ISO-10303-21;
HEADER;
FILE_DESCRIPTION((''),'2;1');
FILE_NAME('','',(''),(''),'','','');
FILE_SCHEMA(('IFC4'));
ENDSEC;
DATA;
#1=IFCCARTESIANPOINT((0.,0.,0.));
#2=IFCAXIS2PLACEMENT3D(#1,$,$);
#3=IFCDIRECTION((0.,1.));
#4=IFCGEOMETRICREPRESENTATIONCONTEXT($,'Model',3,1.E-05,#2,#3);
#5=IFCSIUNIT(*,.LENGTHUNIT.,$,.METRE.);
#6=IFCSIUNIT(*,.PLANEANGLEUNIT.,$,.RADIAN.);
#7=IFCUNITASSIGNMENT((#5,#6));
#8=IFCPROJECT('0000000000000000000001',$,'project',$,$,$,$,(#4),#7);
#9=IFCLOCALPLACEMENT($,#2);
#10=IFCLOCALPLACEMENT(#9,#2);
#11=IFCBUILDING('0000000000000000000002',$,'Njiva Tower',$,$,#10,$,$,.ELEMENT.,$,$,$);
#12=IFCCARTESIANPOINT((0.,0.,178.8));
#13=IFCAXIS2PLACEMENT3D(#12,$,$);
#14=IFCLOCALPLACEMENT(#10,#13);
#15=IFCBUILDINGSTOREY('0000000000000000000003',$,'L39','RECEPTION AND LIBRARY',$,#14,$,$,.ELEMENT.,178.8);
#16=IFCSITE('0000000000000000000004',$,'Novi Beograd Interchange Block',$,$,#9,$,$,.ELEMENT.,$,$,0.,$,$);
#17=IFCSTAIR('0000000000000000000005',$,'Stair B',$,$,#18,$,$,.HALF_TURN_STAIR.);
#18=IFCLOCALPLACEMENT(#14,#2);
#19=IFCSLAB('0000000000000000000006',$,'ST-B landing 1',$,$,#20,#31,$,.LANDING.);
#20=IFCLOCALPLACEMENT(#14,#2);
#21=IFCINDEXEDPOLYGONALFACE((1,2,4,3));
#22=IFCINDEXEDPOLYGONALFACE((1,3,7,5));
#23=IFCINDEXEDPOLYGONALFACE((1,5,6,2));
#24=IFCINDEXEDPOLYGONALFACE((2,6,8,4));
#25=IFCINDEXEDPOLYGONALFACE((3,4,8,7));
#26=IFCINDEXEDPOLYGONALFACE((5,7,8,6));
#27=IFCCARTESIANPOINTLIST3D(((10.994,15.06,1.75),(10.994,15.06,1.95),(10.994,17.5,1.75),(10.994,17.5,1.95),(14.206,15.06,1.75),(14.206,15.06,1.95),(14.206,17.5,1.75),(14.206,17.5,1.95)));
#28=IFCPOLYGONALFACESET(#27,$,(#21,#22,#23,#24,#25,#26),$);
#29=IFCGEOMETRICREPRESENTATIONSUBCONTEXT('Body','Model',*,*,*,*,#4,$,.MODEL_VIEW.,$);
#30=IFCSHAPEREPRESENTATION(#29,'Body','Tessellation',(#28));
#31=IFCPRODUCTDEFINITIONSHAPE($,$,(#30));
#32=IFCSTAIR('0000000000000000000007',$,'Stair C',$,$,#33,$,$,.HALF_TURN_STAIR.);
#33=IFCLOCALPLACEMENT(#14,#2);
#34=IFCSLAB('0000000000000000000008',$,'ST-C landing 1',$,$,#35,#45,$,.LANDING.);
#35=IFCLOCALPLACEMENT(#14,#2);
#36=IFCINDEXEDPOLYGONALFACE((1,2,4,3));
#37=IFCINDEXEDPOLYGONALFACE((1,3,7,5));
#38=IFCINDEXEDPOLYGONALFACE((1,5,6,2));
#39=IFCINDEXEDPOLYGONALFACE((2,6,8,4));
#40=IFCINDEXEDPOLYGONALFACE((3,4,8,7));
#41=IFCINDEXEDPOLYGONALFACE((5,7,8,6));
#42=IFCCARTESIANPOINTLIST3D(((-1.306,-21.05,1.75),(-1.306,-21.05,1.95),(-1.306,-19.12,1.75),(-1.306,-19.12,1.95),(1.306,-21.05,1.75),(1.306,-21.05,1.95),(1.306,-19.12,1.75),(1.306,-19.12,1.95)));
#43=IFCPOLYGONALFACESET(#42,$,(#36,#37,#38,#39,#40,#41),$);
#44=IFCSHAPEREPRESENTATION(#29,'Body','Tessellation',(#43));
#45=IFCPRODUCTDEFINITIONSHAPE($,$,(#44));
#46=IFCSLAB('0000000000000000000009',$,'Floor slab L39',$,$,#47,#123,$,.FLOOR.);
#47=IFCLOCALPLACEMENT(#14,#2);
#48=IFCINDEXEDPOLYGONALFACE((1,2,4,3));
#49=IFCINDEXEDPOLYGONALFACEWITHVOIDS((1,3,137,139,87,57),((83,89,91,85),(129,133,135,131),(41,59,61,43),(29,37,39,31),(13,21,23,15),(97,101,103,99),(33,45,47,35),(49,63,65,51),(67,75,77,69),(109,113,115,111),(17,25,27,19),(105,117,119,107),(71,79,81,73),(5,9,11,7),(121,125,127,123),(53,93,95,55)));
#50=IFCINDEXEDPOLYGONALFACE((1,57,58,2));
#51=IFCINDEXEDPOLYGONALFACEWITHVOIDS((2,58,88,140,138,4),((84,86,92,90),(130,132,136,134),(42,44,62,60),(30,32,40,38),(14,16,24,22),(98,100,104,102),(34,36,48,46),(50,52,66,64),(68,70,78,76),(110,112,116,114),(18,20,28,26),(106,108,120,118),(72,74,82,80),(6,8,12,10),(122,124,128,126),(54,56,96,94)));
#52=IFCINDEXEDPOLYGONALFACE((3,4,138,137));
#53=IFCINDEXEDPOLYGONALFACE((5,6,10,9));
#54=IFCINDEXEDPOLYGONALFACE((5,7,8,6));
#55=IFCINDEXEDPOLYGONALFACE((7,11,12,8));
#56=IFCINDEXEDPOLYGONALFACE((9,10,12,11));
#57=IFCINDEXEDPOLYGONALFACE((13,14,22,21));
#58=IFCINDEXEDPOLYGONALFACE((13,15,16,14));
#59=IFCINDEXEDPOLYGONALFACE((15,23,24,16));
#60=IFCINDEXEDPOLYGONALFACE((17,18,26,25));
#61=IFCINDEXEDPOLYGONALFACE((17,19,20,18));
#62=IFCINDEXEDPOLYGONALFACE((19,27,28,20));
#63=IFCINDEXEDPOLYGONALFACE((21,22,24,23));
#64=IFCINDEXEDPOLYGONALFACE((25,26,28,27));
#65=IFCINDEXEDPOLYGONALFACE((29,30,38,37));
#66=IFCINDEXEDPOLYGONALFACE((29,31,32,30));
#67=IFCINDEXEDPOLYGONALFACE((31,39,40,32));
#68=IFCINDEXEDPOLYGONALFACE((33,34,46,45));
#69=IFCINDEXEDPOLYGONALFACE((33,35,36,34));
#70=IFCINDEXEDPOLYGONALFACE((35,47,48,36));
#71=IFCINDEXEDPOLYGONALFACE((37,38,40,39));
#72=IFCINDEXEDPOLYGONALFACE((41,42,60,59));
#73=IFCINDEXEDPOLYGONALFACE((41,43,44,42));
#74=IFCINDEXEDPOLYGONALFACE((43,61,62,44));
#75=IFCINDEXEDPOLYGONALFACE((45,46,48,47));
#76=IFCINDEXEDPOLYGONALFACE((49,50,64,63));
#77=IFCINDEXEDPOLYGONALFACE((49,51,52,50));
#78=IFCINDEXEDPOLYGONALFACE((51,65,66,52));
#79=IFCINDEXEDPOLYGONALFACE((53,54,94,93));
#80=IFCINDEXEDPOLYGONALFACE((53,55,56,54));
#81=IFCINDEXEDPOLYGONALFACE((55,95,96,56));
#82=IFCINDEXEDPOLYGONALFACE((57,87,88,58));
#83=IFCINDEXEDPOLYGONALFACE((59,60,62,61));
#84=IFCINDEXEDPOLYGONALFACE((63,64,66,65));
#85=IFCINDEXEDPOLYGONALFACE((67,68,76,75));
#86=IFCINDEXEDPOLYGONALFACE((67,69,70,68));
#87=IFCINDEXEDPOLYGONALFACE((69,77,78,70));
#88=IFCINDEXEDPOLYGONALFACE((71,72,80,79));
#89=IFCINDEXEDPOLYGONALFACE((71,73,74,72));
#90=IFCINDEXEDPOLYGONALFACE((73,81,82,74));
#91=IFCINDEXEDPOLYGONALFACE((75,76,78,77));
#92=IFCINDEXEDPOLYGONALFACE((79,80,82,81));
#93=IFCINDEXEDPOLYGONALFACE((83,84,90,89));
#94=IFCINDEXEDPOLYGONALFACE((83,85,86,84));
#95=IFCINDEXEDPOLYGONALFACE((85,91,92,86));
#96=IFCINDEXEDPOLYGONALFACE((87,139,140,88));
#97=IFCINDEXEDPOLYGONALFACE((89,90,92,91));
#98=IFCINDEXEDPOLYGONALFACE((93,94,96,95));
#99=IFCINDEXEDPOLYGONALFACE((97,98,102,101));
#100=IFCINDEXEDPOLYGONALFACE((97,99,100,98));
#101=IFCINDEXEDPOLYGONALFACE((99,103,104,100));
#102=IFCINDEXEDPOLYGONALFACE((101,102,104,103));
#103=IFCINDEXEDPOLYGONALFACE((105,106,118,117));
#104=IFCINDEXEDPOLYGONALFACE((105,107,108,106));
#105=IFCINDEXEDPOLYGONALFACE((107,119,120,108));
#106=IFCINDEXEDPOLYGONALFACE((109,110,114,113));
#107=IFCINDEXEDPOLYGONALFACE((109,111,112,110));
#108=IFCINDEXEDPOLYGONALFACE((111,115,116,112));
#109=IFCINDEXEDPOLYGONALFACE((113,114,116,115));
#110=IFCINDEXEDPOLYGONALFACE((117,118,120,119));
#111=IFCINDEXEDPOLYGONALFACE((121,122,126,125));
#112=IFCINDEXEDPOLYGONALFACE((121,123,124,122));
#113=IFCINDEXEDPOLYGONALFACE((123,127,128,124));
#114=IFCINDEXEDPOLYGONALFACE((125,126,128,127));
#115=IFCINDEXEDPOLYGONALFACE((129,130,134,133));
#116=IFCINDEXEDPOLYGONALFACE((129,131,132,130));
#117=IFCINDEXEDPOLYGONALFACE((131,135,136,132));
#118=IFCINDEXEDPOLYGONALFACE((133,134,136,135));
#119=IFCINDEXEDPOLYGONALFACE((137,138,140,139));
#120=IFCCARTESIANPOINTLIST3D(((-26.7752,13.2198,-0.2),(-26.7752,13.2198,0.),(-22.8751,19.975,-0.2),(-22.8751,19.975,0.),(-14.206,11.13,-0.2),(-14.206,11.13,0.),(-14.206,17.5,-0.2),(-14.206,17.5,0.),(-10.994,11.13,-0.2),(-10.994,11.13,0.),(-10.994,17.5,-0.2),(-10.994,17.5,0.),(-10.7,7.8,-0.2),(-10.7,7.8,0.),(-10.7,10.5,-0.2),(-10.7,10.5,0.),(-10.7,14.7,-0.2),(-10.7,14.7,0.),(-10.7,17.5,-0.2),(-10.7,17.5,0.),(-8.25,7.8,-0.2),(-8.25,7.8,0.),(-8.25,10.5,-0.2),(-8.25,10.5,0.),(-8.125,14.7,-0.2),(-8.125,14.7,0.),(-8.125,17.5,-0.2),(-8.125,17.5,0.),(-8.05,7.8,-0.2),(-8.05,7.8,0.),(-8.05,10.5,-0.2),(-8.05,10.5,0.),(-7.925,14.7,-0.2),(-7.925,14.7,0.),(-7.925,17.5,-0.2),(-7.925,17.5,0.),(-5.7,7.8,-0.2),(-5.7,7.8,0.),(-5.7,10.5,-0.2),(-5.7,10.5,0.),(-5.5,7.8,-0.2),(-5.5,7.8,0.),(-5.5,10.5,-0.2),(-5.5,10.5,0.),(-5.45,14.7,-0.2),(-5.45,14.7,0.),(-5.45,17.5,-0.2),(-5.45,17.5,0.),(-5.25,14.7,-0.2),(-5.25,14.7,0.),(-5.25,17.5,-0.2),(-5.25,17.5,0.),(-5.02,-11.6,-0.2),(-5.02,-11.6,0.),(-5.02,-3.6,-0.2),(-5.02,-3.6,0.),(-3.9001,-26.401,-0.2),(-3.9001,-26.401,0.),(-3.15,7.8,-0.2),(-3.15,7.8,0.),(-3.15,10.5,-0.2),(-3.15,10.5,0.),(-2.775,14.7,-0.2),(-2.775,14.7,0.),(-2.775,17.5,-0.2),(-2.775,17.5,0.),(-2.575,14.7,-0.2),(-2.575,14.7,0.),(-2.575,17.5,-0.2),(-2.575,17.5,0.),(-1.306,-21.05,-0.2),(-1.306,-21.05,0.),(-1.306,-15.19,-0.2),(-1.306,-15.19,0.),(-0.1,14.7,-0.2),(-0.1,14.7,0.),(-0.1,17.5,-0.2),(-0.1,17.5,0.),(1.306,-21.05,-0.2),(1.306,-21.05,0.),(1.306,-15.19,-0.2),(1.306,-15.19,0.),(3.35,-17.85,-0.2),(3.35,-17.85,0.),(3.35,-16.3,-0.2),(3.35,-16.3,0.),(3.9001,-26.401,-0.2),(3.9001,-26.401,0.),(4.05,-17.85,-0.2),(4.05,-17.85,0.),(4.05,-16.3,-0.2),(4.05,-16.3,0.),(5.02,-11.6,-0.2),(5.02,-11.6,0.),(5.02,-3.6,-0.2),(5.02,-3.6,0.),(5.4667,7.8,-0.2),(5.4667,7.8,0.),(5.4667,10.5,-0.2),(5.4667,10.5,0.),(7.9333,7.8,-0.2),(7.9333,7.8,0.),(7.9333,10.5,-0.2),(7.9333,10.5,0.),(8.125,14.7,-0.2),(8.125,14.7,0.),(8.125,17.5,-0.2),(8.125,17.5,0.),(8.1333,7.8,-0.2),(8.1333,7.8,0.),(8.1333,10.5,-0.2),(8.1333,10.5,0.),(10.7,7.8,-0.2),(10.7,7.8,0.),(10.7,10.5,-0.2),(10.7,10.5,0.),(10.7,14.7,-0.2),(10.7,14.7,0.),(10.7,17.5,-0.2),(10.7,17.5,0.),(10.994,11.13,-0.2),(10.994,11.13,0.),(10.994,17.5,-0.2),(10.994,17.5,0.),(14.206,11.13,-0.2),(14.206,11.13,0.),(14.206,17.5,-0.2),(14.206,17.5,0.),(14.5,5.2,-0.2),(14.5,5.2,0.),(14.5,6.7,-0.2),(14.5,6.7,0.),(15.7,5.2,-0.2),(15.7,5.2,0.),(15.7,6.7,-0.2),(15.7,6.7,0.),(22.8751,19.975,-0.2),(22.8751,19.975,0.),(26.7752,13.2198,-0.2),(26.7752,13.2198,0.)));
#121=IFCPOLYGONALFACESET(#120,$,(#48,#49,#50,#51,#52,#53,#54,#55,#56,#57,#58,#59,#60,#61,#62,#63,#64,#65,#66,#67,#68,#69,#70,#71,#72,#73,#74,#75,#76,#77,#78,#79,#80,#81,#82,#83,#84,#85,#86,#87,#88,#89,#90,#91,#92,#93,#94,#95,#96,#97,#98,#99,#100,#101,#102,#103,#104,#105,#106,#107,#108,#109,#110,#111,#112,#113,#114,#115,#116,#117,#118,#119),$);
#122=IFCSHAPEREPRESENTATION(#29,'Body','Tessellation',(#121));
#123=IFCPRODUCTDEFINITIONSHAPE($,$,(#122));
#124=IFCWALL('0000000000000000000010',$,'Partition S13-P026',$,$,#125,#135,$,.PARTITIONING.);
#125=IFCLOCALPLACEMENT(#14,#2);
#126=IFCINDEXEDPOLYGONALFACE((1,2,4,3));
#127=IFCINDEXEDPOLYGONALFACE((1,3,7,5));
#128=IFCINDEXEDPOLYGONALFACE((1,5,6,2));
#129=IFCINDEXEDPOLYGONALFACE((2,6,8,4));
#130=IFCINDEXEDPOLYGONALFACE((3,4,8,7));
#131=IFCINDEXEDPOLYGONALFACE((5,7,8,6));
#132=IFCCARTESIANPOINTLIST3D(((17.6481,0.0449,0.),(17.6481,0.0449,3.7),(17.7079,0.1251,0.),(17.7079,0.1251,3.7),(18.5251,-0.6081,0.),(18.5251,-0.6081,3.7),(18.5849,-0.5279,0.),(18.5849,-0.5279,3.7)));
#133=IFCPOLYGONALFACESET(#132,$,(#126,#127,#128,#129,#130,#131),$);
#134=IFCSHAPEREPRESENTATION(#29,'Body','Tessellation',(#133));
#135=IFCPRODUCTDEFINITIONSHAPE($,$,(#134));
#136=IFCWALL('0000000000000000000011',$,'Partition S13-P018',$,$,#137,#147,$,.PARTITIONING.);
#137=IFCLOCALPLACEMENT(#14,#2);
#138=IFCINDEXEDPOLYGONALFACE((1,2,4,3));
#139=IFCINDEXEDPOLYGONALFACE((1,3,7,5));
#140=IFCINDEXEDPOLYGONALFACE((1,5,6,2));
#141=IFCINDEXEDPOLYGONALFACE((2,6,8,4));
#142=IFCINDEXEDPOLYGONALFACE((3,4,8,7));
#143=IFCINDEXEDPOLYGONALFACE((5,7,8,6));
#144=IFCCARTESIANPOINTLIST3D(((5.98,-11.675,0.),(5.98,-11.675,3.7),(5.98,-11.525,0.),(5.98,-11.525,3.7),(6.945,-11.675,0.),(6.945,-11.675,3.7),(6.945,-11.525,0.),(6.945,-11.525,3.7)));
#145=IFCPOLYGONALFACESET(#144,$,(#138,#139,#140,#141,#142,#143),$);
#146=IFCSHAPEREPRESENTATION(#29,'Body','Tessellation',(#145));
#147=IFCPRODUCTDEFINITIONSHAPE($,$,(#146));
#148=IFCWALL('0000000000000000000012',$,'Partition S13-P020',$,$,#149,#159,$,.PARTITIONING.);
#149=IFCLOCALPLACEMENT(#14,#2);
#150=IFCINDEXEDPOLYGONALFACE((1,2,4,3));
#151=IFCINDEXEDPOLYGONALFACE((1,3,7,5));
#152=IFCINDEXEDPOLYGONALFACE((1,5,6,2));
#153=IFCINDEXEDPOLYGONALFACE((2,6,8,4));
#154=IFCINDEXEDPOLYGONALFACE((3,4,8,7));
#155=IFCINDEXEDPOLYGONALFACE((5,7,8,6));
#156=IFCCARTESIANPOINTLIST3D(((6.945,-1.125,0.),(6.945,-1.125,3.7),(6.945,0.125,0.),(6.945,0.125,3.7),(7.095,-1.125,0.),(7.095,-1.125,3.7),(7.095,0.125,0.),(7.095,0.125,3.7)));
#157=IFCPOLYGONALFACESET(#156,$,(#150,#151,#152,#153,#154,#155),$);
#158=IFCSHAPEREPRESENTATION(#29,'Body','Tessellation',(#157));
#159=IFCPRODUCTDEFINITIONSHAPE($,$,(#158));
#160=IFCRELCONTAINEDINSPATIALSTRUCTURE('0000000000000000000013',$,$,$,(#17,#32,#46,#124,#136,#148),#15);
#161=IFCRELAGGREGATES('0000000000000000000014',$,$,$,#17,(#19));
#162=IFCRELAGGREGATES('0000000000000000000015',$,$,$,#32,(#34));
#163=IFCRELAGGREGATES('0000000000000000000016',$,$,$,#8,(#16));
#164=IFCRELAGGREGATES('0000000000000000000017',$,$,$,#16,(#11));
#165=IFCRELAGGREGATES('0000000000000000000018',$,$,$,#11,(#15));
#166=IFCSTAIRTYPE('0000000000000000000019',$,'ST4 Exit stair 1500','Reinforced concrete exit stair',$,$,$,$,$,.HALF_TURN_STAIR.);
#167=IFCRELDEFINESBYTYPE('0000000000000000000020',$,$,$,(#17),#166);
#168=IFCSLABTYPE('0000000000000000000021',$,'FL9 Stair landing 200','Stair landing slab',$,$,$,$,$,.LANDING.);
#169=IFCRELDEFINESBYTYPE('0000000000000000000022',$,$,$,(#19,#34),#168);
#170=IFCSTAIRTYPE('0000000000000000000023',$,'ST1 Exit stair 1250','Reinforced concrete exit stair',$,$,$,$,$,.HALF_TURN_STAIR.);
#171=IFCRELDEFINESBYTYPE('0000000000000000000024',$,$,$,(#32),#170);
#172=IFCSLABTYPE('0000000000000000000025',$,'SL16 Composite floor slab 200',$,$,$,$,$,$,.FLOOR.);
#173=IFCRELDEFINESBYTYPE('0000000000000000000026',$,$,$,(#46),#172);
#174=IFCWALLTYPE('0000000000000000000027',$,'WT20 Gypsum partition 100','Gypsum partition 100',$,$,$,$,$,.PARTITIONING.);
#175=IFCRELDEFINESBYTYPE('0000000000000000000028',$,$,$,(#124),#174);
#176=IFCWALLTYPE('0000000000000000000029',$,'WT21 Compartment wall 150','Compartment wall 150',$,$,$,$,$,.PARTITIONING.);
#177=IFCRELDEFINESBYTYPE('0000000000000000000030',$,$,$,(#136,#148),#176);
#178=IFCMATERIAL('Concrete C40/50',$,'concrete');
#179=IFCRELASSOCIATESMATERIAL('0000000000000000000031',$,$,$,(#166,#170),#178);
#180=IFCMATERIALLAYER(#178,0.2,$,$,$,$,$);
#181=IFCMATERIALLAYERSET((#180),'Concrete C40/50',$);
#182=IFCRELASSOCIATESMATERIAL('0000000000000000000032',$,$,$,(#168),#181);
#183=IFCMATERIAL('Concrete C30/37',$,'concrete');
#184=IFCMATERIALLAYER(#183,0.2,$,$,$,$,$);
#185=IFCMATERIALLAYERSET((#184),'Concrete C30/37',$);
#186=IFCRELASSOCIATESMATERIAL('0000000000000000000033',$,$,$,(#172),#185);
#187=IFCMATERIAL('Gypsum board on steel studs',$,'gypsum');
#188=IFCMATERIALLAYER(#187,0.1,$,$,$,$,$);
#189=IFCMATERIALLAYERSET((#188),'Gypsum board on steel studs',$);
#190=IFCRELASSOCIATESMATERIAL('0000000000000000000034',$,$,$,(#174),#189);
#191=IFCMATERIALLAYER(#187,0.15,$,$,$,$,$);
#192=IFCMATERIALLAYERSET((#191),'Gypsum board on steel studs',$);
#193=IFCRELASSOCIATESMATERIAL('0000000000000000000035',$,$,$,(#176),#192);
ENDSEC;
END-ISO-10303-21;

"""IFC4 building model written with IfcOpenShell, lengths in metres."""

from ifc_helpers import new_model, si_unit, direction, frame, frame_2d, origin, place, context, subcontext, project, spatial, polyline, rectangle, outline, extrude, material, layer, layer_set, type_object, element, aggregate, save


model = new_model("IFC4")

# Units and contexts
model_context = context("Model", 3, precision=1e-05, world=origin(), true_north=direction((0.0, 1.0)))
body_context = subcontext(model_context, "Body", "Model", "MODEL_VIEW")
ifc_project = project(units=[si_unit("LENGTHUNIT", "METRE"), si_unit("PLANEANGLEUNIT", "RADIAN")], contexts=[model_context])

# Site, building, storey
site_placement = place(None, origin())
site = spatial("IfcSite", under=ifc_project, at=site_placement, Name="Novi Beograd Interchange Block", CompositionType="ELEMENT", RefElevation=0.0)
building_placement = place(site_placement, origin())
building = spatial("IfcBuilding", under=site, at=building_placement, Name="Njiva Tower", CompositionType="ELEMENT")
storey_placement = place(building_placement, frame((0.0, 0.0, 178.8)))
storey = spatial("IfcBuildingStorey", under=building, at=storey_placement, Name="L39", Description="RECEPTION AND LIBRARY", CompositionType="ELEMENT", Elevation=178.8)

# Stairs, slabs
ifc_material_1 = material(Name="Concrete C40/50", Category="concrete")
stair_type_1 = type_object("IfcStairType", Name="ST4 Exit stair 1500", Description="Reinforced concrete exit stair", PredefinedType="HALF_TURN_STAIR", material=ifc_material_1)
ifc_layer_1 = layer(ifc_material_1, 0.2)
ifc_layer_set_1 = layer_set([ifc_layer_1], Name="Concrete C40/50")
slab_type_1 = type_object("IfcSlabType", Name="FL9 Stair landing 200", Description="Stair landing slab", PredefinedType="LANDING", material=ifc_layer_set_1)
stair_1_placement = place(storey_placement, origin())
stair_1 = element("IfcStair", 1, at=stair_1_placement, inside=storey, type_object=stair_type_1, Name="Stair B", PredefinedType="HALF_TURN_STAIR")
slab_1_placement = place(storey_placement, frame((0.0, 0.0, 1.75)))
slab_1 = element("IfcSlab", 2, at=slab_1_placement, type_object=slab_type_1, Name="ST-B landing 1", PredefinedType="LANDING", context=body_context, shape_type="SweptSolid", body=[
    extrude(outline(polyline([(10.994, 15.06), (14.206, 15.06), (14.206, 17.5), (10.994, 17.5), (10.994, 15.06)])), origin(), (0.0, 0.0, 1.0), 0.2),
])
aggregate(stair_1, [slab_1])
stair_type_2 = type_object("IfcStairType", Name="ST1 Exit stair 1250", Description="Reinforced concrete exit stair", PredefinedType="HALF_TURN_STAIR", material=ifc_material_1)
stair_2_placement = place(storey_placement, origin())
stair_2 = element("IfcStair", 3, at=stair_2_placement, inside=storey, type_object=stair_type_2, Name="Stair C", PredefinedType="HALF_TURN_STAIR")
slab_2_placement = place(storey_placement, frame((0.0, 0.0, 1.75)))
slab_2 = element("IfcSlab", 4, at=slab_2_placement, type_object=slab_type_1, Name="ST-C landing 1", PredefinedType="LANDING", context=body_context, shape_type="SweptSolid", body=[
    extrude(outline(polyline([(-1.306, -21.05), (1.306, -21.05), (1.306, -19.12), (-1.306, -19.12), (-1.306, -21.05)])), origin(), (0.0, 0.0, 1.0), 0.2),
])
aggregate(stair_2, [slab_2])

# Slab
ifc_material_2 = material(Name="Concrete C30/37", Category="concrete")
ifc_layer_2 = layer(ifc_material_2, 0.2)
ifc_layer_set_2 = layer_set([ifc_layer_2], Name="Concrete C30/37")
slab_type_2 = type_object("IfcSlabType", Name="SL16 Composite floor slab 200", PredefinedType="FLOOR", material=ifc_layer_set_2)
slab_3_placement = place(storey_placement, frame((0.0, 0.0, -0.2)))
element("IfcSlab", 5, at=slab_3_placement, inside=storey, type_object=slab_type_2, Name="Floor slab L39", PredefinedType="FLOOR", context=body_context, shape_type="SweptSolid", body=[
    extrude(outline(polyline([(26.7752, 13.2198), (3.9001, -26.401), (-3.9001, -26.401), (-26.7752, 13.2198), (-22.8751, 19.975), (22.8751, 19.975), (26.7752, 13.2198)]), holes=[polyline([(14.5, 5.2), (15.7, 5.2), (15.7, 6.7), (14.5, 6.7), (14.5, 5.2)]), polyline([(10.994, 11.13), (14.206, 11.13), (14.206, 17.5), (10.994, 17.5), (10.994, 11.13)]), polyline([(8.125, 14.7), (10.7, 14.7), (10.7, 17.5), (8.125, 17.5), (8.125, 14.7)]), polyline([(8.1333, 7.8), (10.7, 7.8), (10.7, 10.5), (8.1333, 10.5), (8.1333, 7.8)]), polyline([(5.4667, 7.8), (7.9333, 7.8), (7.9333, 10.5), (5.4667, 10.5), (5.4667, 7.8)]), polyline([(5.02, -11.6), (5.02, -3.6), (-5.02, -3.6), (-5.02, -11.6), (5.02, -11.6)]), polyline([(3.35, -17.85), (4.05, -17.85), (4.05, -16.3), (3.35, -16.3), (3.35, -17.85)]), polyline([(-1.306, -21.05), (1.306, -21.05), (1.306, -15.19), (-1.306, -15.19), (-1.306, -21.05)]), polyline([(-2.575, 14.7), (-0.1, 14.7), (-0.1, 17.5), (-2.575, 17.5), (-2.575, 14.7)]), polyline([(-5.25, 14.7), (-2.775, 14.7), (-2.775, 17.5), (-5.25, 17.5), (-5.25, 14.7)]), polyline([(-5.5, 7.8), (-3.15, 7.8), (-3.15, 10.5), (-5.5, 10.5), (-5.5, 7.8)]), polyline([(-7.925, 14.7), (-5.45, 14.7), (-5.45, 17.5), (-7.925, 17.5), (-7.925, 14.7)]), polyline([(-8.05, 7.8), (-5.7, 7.8), (-5.7, 10.5), (-8.05, 10.5), (-8.05, 7.8)]), polyline([(-10.7, 14.7), (-8.125, 14.7), (-8.125, 17.5), (-10.7, 17.5), (-10.7, 14.7)]), polyline([(-10.7, 7.8), (-8.25, 7.8), (-8.25, 10.5), (-10.7, 10.5), (-10.7, 7.8)]), polyline([(-14.206, 11.13), (-10.994, 11.13), (-10.994, 17.5), (-14.206, 17.5), (-14.206, 11.13)])]), origin(), (0.0, 0.0, 1.0), 0.2),
])

# Walls
ifc_material_3 = material(Name="Gypsum board on steel studs", Category="gypsum")
ifc_layer_3 = layer(ifc_material_3, 0.1)
ifc_layer_set_3 = layer_set([ifc_layer_3], Name="Gypsum board on steel studs")
wall_type_1 = type_object("IfcWallType", Name="WT20 Gypsum partition 100", Description="Gypsum partition 100", PredefinedType="PARTITIONING", material=ifc_layer_set_3)
wall_1_placement = place(storey_placement, frame((17.678, 0.085, 0.0), z_axis=(0.0, 0.0, 1.0), x_axis=(0.80208, -0.597216, 0.0)))
element("IfcWall", 6, at=wall_1_placement, inside=storey, type_object=wall_type_1, Name="Partition S13-P026", PredefinedType="PARTITIONING", context=body_context, shape_type="SweptSolid", body=[
    extrude(rectangle(XDim=1.0934, YDim=0.1, at=frame_2d((0.5467, 0.0))), origin(), (0.0, 0.0, 1.0), 3.7),
])
ifc_layer_4 = layer(ifc_material_3, 0.15)
ifc_layer_set_4 = layer_set([ifc_layer_4], Name="Gypsum board on steel studs")
wall_type_2 = type_object("IfcWallType", Name="WT21 Compartment wall 150", Description="Compartment wall 150", PredefinedType="PARTITIONING", material=ifc_layer_set_4)
wall_2_placement = place(storey_placement, frame((5.98, -11.6, 0.0), z_axis=(0.0, 0.0, 1.0), x_axis=(1.0, 0.0, 0.0)))
element("IfcWall", 7, at=wall_2_placement, inside=storey, type_object=wall_type_2, Name="Partition S13-P018", PredefinedType="PARTITIONING", context=body_context, shape_type="SweptSolid", body=[
    extrude(rectangle(XDim=0.965, YDim=0.15, at=frame_2d((0.4825, 0.0))), origin(), (0.0, 0.0, 1.0), 3.7),
])
wall_3_placement = place(storey_placement, frame((7.02, -1.125, 0.0), z_axis=(0.0, 0.0, 1.0), x_axis=(0.0, 1.0, 0.0)))
element("IfcWall", 8, at=wall_3_placement, inside=storey, type_object=wall_type_2, Name="Partition S13-P020", PredefinedType="PARTITIONING", context=body_context, shape_type="SweptSolid", body=[
    extrude(rectangle(XDim=1.25, YDim=0.15, at=frame_2d((0.625, 0.0))), origin(), (0.0, 0.0, 1.0), 3.7),
])

save(model, "model.ifc")
